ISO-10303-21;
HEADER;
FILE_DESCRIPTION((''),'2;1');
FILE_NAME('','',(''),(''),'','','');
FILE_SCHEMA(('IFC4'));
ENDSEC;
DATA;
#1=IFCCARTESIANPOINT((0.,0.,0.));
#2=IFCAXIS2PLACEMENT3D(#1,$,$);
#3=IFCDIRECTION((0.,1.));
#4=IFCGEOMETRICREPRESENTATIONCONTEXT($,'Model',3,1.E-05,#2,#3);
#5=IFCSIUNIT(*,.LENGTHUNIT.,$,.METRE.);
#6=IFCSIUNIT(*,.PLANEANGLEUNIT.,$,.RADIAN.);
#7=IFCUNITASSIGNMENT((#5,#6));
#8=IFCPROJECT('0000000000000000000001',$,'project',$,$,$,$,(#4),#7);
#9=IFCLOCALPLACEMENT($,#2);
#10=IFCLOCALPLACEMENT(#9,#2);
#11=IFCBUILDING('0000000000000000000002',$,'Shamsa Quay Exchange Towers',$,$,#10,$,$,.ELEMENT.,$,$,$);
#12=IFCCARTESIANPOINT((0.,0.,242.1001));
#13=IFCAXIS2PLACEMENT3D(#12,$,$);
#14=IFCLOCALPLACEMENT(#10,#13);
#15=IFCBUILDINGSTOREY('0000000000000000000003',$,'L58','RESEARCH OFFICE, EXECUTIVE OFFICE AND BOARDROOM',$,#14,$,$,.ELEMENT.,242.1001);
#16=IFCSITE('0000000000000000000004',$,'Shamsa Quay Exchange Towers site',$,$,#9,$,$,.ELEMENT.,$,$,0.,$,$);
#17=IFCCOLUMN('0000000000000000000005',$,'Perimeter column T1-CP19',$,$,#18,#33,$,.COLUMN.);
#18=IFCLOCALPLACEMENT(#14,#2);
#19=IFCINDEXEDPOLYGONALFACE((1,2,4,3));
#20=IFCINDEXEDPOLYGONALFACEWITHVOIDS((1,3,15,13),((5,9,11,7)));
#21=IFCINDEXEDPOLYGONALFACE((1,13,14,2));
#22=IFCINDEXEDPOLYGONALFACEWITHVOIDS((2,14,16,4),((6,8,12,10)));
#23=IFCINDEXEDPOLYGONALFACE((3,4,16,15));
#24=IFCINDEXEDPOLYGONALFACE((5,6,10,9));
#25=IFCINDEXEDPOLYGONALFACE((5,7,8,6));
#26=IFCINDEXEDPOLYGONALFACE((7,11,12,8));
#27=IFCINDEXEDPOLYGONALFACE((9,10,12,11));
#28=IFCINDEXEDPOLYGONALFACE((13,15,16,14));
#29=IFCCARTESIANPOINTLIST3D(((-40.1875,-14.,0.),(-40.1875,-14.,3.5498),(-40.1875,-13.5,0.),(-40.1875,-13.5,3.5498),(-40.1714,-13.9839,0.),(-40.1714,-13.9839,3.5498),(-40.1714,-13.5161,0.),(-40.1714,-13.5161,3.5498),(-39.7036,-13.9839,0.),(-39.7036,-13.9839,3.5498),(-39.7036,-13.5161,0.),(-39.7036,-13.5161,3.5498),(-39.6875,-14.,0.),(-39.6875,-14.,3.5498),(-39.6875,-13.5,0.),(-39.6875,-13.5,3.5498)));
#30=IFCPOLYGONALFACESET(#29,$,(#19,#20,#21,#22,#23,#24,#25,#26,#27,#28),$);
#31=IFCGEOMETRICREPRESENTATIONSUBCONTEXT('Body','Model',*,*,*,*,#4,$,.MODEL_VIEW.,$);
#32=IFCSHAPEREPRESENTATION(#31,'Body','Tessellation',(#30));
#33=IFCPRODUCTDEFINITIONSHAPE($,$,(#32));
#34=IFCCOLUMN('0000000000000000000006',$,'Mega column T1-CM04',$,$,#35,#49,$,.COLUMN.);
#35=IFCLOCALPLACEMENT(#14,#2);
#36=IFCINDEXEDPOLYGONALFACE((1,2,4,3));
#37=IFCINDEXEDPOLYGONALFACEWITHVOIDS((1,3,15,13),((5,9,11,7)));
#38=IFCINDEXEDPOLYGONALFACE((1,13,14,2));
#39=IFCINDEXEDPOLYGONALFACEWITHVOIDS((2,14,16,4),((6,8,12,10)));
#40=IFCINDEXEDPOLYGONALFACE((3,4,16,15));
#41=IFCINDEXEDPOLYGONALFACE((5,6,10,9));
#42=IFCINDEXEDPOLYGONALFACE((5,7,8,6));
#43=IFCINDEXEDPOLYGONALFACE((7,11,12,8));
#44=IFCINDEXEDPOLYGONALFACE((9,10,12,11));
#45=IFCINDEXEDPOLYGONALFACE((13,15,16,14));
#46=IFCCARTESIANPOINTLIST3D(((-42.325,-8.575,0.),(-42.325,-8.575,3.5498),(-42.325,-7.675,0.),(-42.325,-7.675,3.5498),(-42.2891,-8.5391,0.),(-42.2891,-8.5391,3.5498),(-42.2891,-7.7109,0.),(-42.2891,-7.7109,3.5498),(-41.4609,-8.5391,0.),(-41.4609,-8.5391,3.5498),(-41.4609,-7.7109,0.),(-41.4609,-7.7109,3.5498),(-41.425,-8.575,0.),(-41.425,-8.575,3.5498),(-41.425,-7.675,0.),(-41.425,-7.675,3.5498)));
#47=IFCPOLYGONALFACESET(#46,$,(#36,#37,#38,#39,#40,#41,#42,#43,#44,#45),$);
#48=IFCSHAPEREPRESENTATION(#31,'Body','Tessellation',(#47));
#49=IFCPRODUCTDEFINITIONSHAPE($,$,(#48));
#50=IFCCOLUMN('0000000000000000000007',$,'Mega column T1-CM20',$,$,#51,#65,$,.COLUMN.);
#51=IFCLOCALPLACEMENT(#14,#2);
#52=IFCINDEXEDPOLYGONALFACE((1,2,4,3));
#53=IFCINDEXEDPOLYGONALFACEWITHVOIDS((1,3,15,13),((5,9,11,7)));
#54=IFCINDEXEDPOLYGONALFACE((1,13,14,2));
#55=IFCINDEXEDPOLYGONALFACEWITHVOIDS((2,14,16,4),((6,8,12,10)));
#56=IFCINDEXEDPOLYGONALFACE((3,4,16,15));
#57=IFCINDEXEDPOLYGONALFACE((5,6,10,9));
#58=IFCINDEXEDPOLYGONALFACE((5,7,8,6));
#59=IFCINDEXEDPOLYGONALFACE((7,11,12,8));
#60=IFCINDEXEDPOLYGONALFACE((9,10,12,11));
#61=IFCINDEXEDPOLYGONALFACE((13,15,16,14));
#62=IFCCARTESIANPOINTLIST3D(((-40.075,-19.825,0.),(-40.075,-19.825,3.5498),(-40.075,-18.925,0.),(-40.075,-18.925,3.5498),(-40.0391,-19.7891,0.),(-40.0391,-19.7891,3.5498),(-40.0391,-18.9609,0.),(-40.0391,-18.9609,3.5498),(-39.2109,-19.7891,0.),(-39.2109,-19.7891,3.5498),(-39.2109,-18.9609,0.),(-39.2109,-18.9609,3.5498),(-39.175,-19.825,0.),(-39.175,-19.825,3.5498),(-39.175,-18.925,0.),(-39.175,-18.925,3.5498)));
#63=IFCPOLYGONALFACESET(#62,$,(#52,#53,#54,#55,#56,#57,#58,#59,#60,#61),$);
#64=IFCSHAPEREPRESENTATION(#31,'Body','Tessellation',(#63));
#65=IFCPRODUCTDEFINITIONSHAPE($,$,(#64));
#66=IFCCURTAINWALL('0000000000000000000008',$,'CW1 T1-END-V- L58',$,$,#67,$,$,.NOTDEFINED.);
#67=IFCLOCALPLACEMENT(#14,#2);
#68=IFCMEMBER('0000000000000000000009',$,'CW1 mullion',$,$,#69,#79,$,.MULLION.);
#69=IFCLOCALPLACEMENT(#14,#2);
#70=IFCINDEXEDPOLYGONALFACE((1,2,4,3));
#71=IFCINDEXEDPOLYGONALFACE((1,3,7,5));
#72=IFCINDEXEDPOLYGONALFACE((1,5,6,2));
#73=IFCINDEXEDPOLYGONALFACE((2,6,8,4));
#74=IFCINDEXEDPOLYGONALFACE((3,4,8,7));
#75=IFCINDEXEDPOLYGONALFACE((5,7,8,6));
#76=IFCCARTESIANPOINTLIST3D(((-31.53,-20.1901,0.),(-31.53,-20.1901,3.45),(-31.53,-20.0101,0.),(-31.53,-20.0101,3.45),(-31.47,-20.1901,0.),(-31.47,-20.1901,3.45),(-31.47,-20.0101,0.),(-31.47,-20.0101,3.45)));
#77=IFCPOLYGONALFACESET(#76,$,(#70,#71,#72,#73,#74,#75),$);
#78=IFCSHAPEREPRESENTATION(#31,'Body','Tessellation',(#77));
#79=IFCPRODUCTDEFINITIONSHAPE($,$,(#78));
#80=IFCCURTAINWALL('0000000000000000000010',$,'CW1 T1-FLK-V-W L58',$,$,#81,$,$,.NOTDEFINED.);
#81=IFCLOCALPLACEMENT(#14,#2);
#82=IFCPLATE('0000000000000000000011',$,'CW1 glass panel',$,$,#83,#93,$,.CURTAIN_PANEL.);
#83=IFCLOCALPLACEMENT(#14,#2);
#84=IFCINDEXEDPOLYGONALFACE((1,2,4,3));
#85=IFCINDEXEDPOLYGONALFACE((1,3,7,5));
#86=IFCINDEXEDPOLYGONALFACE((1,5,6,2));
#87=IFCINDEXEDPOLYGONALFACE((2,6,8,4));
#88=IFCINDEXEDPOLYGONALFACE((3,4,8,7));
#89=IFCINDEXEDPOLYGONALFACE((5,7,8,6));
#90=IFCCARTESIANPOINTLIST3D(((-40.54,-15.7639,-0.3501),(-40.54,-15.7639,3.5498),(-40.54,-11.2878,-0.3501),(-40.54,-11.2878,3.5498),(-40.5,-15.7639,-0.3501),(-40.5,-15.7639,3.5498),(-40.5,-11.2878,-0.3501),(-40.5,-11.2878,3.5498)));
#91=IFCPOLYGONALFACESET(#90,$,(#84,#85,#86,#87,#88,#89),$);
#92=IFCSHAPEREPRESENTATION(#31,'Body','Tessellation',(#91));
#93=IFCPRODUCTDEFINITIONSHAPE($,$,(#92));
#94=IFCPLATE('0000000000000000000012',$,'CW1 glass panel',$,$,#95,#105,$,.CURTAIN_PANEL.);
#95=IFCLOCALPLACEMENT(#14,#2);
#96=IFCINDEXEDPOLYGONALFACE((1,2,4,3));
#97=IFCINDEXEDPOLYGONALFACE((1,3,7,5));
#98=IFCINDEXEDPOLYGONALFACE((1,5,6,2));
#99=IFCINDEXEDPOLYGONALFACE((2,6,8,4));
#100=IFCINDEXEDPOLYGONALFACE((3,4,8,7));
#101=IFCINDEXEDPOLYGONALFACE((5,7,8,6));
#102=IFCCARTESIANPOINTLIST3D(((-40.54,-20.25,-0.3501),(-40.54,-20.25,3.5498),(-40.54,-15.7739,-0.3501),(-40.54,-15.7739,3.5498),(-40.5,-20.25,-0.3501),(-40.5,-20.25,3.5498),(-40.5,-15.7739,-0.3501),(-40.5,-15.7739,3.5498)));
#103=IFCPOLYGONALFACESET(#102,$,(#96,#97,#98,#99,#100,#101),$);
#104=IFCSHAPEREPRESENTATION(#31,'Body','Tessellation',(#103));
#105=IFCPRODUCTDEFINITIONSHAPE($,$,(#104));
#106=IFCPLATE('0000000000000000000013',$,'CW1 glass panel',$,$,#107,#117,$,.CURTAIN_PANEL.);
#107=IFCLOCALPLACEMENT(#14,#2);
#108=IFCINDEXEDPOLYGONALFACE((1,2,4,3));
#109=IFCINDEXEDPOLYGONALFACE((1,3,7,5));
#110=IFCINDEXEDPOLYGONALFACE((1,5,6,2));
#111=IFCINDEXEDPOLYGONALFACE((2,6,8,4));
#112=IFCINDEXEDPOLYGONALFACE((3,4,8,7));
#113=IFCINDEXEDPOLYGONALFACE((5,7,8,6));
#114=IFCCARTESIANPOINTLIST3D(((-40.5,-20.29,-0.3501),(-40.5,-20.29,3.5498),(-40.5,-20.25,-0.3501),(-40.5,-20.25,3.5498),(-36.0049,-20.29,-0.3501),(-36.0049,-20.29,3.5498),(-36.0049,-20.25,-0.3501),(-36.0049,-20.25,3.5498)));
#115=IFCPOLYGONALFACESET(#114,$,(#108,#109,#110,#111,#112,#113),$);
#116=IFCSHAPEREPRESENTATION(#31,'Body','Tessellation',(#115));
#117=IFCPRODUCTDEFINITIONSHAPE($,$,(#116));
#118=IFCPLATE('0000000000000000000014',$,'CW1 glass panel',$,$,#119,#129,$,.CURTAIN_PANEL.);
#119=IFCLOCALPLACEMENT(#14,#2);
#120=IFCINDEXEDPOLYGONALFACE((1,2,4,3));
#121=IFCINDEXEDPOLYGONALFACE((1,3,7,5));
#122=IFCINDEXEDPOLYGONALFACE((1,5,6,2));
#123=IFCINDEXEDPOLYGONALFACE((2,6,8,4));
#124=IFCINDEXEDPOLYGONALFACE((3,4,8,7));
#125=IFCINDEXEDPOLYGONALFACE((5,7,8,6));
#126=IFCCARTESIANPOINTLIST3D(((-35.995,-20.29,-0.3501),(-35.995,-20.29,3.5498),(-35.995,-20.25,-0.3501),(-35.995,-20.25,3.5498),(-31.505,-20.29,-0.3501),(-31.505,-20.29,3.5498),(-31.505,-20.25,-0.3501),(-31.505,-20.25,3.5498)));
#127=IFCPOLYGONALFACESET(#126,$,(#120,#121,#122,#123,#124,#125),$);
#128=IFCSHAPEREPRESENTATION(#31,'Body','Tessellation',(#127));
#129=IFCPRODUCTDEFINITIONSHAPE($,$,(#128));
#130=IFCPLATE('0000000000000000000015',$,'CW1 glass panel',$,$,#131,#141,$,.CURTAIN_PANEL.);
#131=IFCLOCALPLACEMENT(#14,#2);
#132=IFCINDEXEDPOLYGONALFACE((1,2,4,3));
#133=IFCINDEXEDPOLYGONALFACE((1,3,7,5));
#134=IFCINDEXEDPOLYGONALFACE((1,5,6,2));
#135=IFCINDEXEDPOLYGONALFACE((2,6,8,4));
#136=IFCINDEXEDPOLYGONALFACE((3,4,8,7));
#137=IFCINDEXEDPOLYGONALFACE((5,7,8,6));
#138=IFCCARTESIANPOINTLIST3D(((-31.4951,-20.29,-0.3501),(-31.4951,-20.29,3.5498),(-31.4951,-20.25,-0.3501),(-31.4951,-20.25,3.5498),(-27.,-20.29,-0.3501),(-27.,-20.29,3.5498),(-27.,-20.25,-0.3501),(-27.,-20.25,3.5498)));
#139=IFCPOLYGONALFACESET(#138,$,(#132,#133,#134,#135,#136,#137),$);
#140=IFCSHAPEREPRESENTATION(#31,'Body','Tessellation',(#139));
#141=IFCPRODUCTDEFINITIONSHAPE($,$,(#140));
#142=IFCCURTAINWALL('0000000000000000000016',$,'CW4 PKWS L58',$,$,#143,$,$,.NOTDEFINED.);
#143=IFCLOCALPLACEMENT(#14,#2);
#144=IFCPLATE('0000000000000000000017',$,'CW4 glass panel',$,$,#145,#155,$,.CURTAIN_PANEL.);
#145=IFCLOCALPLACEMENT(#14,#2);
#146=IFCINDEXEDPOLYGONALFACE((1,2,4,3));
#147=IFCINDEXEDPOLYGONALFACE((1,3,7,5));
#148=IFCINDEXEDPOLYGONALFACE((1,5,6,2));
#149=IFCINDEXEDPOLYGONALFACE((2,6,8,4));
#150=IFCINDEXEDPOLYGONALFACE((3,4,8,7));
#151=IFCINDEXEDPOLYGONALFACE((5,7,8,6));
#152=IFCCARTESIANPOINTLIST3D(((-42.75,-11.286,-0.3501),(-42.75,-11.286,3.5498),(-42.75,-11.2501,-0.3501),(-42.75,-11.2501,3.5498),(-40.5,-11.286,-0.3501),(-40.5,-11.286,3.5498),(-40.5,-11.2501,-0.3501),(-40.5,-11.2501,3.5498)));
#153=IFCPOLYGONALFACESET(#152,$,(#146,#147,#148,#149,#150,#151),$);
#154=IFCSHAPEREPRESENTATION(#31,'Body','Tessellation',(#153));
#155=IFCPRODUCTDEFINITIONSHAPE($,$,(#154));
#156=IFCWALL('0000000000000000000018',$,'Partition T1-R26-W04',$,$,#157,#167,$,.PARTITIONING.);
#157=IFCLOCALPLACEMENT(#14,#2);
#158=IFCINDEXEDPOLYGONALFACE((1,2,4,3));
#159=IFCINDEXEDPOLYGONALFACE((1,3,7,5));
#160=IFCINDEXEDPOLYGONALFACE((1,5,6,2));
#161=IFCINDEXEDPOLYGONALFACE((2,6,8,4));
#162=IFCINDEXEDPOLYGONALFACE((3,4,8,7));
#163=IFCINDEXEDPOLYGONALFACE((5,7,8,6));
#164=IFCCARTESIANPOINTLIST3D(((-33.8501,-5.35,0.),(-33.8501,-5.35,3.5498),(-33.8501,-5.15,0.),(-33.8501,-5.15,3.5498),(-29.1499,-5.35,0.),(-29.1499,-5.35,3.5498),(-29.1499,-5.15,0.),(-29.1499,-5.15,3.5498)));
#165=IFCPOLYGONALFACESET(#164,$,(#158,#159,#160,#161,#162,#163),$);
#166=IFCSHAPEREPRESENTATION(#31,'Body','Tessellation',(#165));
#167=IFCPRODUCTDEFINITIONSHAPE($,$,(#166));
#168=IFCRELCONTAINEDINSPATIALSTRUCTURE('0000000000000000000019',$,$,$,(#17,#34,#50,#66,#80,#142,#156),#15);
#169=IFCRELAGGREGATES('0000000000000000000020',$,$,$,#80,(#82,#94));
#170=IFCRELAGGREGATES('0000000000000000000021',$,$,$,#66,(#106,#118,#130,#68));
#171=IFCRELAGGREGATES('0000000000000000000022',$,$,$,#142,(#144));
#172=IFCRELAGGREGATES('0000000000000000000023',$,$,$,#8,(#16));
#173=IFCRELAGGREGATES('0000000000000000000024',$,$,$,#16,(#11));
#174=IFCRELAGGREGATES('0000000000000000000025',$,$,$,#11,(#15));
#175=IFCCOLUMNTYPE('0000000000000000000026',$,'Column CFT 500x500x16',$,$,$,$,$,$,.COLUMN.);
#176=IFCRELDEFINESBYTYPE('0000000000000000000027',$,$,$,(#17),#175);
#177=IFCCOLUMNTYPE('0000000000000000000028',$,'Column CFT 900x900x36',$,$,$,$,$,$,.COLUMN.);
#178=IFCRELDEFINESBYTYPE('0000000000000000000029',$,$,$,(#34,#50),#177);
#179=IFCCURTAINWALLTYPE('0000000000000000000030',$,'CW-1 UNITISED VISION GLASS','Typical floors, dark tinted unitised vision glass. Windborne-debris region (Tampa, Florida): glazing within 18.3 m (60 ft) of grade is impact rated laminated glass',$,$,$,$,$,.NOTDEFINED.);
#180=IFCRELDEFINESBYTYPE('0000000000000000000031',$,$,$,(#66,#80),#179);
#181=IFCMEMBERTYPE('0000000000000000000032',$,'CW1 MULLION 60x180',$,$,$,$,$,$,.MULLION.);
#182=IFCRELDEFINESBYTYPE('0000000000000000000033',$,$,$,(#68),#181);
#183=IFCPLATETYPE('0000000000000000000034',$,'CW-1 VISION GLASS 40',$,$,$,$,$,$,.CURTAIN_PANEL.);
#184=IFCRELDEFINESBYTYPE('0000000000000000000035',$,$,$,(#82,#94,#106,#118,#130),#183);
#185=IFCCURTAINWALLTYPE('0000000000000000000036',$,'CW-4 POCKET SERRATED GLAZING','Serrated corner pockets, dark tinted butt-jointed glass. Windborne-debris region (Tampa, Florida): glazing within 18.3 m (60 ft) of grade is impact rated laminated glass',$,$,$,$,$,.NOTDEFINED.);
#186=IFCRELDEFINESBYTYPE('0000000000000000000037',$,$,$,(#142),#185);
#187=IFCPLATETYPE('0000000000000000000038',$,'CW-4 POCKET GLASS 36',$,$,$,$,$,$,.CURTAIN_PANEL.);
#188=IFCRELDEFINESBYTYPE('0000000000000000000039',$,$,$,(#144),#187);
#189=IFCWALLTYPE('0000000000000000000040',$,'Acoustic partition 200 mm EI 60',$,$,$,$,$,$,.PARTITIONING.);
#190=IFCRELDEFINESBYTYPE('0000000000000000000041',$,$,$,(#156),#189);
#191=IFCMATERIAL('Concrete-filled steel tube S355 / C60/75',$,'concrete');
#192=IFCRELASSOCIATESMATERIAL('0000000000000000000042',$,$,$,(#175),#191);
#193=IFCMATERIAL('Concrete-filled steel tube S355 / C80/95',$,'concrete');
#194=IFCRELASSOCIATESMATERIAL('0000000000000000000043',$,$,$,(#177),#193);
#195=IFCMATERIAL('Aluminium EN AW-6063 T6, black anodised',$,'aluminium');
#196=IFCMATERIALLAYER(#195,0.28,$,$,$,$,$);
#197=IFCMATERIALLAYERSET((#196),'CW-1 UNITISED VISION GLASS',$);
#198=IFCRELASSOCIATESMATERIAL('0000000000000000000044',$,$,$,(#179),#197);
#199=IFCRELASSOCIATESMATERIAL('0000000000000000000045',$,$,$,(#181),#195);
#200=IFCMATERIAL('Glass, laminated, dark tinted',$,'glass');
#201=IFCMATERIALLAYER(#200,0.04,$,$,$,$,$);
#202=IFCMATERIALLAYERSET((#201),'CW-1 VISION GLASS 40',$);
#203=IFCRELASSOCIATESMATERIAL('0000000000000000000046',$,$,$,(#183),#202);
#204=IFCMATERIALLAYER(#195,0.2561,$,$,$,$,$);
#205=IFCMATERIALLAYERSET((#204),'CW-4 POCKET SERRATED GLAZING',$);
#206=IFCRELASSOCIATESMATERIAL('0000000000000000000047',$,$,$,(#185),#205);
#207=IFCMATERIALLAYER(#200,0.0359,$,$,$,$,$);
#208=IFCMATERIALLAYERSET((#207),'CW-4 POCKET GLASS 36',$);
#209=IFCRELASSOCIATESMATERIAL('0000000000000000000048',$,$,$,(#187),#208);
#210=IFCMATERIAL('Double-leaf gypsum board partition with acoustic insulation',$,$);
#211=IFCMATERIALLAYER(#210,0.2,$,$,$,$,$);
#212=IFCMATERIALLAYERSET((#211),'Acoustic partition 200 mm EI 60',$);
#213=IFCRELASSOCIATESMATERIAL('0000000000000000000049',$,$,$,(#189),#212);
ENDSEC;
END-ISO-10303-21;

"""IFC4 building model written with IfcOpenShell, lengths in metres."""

from ifc_helpers import new_model, si_unit, direction, frame, frame_2d, origin, origin_2d, place, context, subcontext, project, spatial, rectangle, hollow_rectangle, extrude, material, layer, layer_set, material_profile, profile_set, type_object, element, aggregate, save


model = new_model("IFC4")

# Units and contexts
model_context = context("Model", 3, precision=1e-05, world=origin(), true_north=direction((0.0, 1.0)))
body_context = subcontext(model_context, "Body", "Model", "MODEL_VIEW")
ifc_project = project(units=[si_unit("LENGTHUNIT", "METRE"), si_unit("PLANEANGLEUNIT", "RADIAN")], contexts=[model_context])

# Site, building, storey
site_placement = place(None, origin())
site = spatial("IfcSite", under=ifc_project, at=site_placement, Name="Shamsa Quay Exchange Towers site", CompositionType="ELEMENT", RefElevation=0.0)
building_placement = place(site_placement, origin())
building = spatial("IfcBuilding", under=site, at=building_placement, Name="Shamsa Quay Exchange Towers", CompositionType="ELEMENT")
storey_placement = place(building_placement, frame((0.0, 0.0, 242.1001)))
storey = spatial("IfcBuildingStorey", under=building, at=storey_placement, Name="L58", Description="RESEARCH OFFICE, EXECUTIVE OFFICE AND BOARDROOM", CompositionType="ELEMENT", Elevation=242.1001)

# Columns
ifc_material_1 = material(Name="Concrete-filled steel tube S355 / C60/75", Category="concrete")
ifc_material_profile_1 = material_profile(ifc_material_1, hollow_rectangle(XDim=0.5, YDim=0.5, WallThickness=0.0161, at=origin_2d()), Name="CFT 500x500x16")
ifc_profile_set_1 = profile_set([ifc_material_profile_1], Name="Concrete-filled steel tube S355 / C60/75")
column_type_1 = type_object("IfcColumnType", Name="Column CFT 500x500x16", PredefinedType="COLUMN", material=ifc_profile_set_1)
column_placement = place(storey_placement, frame((-39.9375, -13.75, 0.0)))
element("IfcColumn", 1, at=column_placement, inside=storey, type_object=column_type_1, Name="Perimeter column T1-CP19", PredefinedType="COLUMN", context=body_context, shape_type="SweptSolid", body=[
    extrude(hollow_rectangle(XDim=0.5, YDim=0.5, WallThickness=0.0161, at=origin_2d()), origin(), (0.0, 0.0, 1.0), 3.5498),
])
ifc_material_2 = material(Name="Concrete-filled steel tube S355 / C80/95", Category="concrete")
ifc_material_profile_2 = material_profile(ifc_material_2, hollow_rectangle(XDim=0.8999, YDim=0.8999, WallThickness=0.0359, at=origin_2d()), Name="CFT 900x900x36")
ifc_profile_set_2 = profile_set([ifc_material_profile_2], Name="Concrete-filled steel tube S355 / C80/95")
column_type_2 = type_object("IfcColumnType", Name="Column CFT 900x900x36", PredefinedType="COLUMN", material=ifc_profile_set_2)
for number, where, name in (
    (2, (-41.875, -8.125, 0.0), "Mega column T1-CM04"),
    (3, (-39.625, -19.375, 0.0), "Mega column T1-CM20"),
):
    element("IfcColumn", number, at=place(storey_placement, frame(where)), inside=storey, type_object=column_type_2, Name=name, PredefinedType="COLUMN", context=body_context, shape_type="SweptSolid", body=[
        extrude(hollow_rectangle(XDim=0.8999, YDim=0.8999, WallThickness=0.0359, at=origin_2d()), origin(), (0.0, 0.0, 1.0), 3.5498),
    ])

# Curtain wall, member
ifc_material_3 = material(Name="Aluminium EN AW-6063 T6, black anodised", Category="aluminium")
ifc_layer_1 = layer(ifc_material_3, 0.28)
ifc_layer_set_1 = layer_set([ifc_layer_1], Name="CW-1 UNITISED VISION GLASS")
curtain_wall_type_1 = type_object("IfcCurtainWallType", Name="CW-1 UNITISED VISION GLASS", Description="Typical floors, dark tinted unitised vision glass. Windborne-debris region (Tampa, Florida): glazing within 18.3 m (60 ft) of grade is impact rated laminated glass", PredefinedType="NOTDEFINED", material=ifc_layer_set_1)
curtain_wall_1_placement = place(storey_placement, origin())
curtain_wall_1 = element("IfcCurtainWall", 4, at=curtain_wall_1_placement, inside=storey, type_object=curtain_wall_type_1, Name="CW1 T1-END-V- L58", PredefinedType="NOTDEFINED")
ifc_material_profile_3 = material_profile(ifc_material_3, rectangle(XDim=0.1799, YDim=0.0601, at=origin_2d()), Name="MU60x180")
ifc_profile_set_3 = profile_set([ifc_material_profile_3], Name="Aluminium EN AW-6063 T6, black anodised")
member_type = type_object("IfcMemberType", Name="CW1 MULLION 60x180", PredefinedType="MULLION", material=ifc_profile_set_3)
member_placement = place(storey_placement, frame((-31.5, -20.1001, 0.0), z_axis=(0.0, 0.0, 1.0), x_axis=(0.0, 1.0, 0.0)))
member = element("IfcMember", 5, at=member_placement, type_object=member_type, Name="CW1 mullion", PredefinedType="MULLION", context=body_context, shape_type="SweptSolid", body=[
    extrude(rectangle(XDim=0.1799, YDim=0.0601, at=origin_2d()), origin(), (0.0, 0.0, 1.0), 3.45),
])

# Curtain wall, plates
curtain_wall_2_placement = place(storey_placement, origin())
curtain_wall_2 = element("IfcCurtainWall", 6, at=curtain_wall_2_placement, inside=storey, type_object=curtain_wall_type_1, Name="CW1 T1-FLK-V-W L58", PredefinedType="NOTDEFINED")
ifc_material_4 = material(Name="Glass, laminated, dark tinted", Category="glass")
ifc_layer_2 = layer(ifc_material_4, 0.04)
ifc_layer_set_2 = layer_set([ifc_layer_2], Name="CW-1 VISION GLASS 40")
plate_type_1 = type_object("IfcPlateType", Name="CW-1 VISION GLASS 40", PredefinedType="CURTAIN_PANEL", material=ifc_layer_set_2)
plate_1_placement = place(storey_placement, frame((-40.52, -13.5259, -0.3501), z_axis=(0.0, 0.0, 1.0), x_axis=(0.0, -1.0, 0.0)))
plate_1 = element("IfcPlate", 7, at=plate_1_placement, type_object=plate_type_1, Name="CW1 glass panel", PredefinedType="CURTAIN_PANEL", context=body_context, shape_type="SweptSolid", body=[
    extrude(rectangle(XDim=4.4761, YDim=0.04, at=origin_2d()), origin(), (0.0, 0.0, 1.0), 3.8999),
])
plate_2_placement = place(storey_placement, frame((-40.52, -18.012, -0.3501), z_axis=(0.0, 0.0, 1.0), x_axis=(0.0, -1.0, 0.0)))
plate_2 = element("IfcPlate", 8, at=plate_2_placement, type_object=plate_type_1, Name="CW1 glass panel", PredefinedType="CURTAIN_PANEL", context=body_context, shape_type="SweptSolid", body=[
    extrude(rectangle(XDim=4.4761, YDim=0.04, at=origin_2d()), origin(), (0.0, 0.0, 1.0), 3.8999),
])
aggregate(curtain_wall_2, [plate_1, plate_2])

# Plates
plate_3_placement = place(storey_placement, frame((-38.2524, -20.27, -0.3501)))
plate_3 = element("IfcPlate", 9, at=plate_3_placement, type_object=plate_type_1, Name="CW1 glass panel", PredefinedType="CURTAIN_PANEL", context=body_context, shape_type="SweptSolid", body=[
    extrude(rectangle(XDim=4.4951, YDim=0.04, at=origin_2d()), origin(), (0.0, 0.0, 1.0), 3.8999),
])
plate_4_placement = place(storey_placement, frame((-33.75, -20.27, -0.3501)))
plate_4 = element("IfcPlate", 10, at=plate_4_placement, type_object=plate_type_1, Name="CW1 glass panel", PredefinedType="CURTAIN_PANEL", context=body_context, shape_type="SweptSolid", body=[
    extrude(rectangle(XDim=4.49, YDim=0.04, at=origin_2d()), origin(), (0.0, 0.0, 1.0), 3.8999),
])
plate_5_placement = place(storey_placement, frame((-29.2476, -20.27, -0.3501)))
plate_5 = element("IfcPlate", 11, at=plate_5_placement, type_object=plate_type_1, Name="CW1 glass panel", PredefinedType="CURTAIN_PANEL", context=body_context, shape_type="SweptSolid", body=[
    extrude(rectangle(XDim=4.4951, YDim=0.04, at=origin_2d()), origin(), (0.0, 0.0, 1.0), 3.8999),
])
aggregate(curtain_wall_1, [plate_3, plate_4, plate_5, member])

# Curtain wall, plate
ifc_layer_3 = layer(ifc_material_3, 0.2561)
ifc_layer_set_3 = layer_set([ifc_layer_3], Name="CW-4 POCKET SERRATED GLAZING")
curtain_wall_type_2 = type_object("IfcCurtainWallType", Name="CW-4 POCKET SERRATED GLAZING", Description="Serrated corner pockets, dark tinted butt-jointed glass. Windborne-debris region (Tampa, Florida): glazing within 18.3 m (60 ft) of grade is impact rated laminated glass", PredefinedType="NOTDEFINED", material=ifc_layer_set_3)
curtain_wall_3_placement = place(storey_placement, origin())
curtain_wall_3 = element("IfcCurtainWall", 12, at=curtain_wall_3_placement, inside=storey, type_object=curtain_wall_type_2, Name="CW4 PKWS L58", PredefinedType="NOTDEFINED")
ifc_layer_4 = layer(ifc_material_4, 0.0359)
ifc_layer_set_4 = layer_set([ifc_layer_4], Name="CW-4 POCKET GLASS 36")
plate_type_2 = type_object("IfcPlateType", Name="CW-4 POCKET GLASS 36", PredefinedType="CURTAIN_PANEL", material=ifc_layer_set_4)
plate_6_placement = place(storey_placement, frame((-41.625, -11.2681, -0.3501)))
plate_6 = element("IfcPlate", 13, at=plate_6_placement, type_object=plate_type_2, Name="CW4 glass panel", PredefinedType="CURTAIN_PANEL", context=body_context, shape_type="SweptSolid", body=[
    extrude(rectangle(XDim=2.25, YDim=0.0359, at=origin_2d()), origin(), (0.0, 0.0, 1.0), 3.8999),
])
aggregate(curtain_wall_3, [plate_6])

# Wall
ifc_material_5 = material(Name="Double-leaf gypsum board partition with acoustic insulation")
ifc_layer_5 = layer(ifc_material_5, 0.2)
ifc_layer_set_5 = layer_set([ifc_layer_5], Name="Acoustic partition 200 mm EI 60")
wall_type_1 = type_object("IfcWallType", Name="Acoustic partition 200 mm EI 60", PredefinedType="PARTITIONING", material=ifc_layer_set_5)
wall_1_placement = place(storey_placement, frame((-33.8501, -5.25, 0.0)))
element("IfcWall", 14, at=wall_1_placement, inside=storey, type_object=wall_type_1, Name="Partition T1-R26-W04", PredefinedType="PARTITIONING", context=body_context, shape_type="SweptSolid", body=[
    extrude(rectangle(XDim=4.7002, YDim=0.2, at=frame_2d((2.3501, 0.0))), origin(), (0.0, 0.0, 1.0), 3.5498),
])

save(model, "model.ifc")
